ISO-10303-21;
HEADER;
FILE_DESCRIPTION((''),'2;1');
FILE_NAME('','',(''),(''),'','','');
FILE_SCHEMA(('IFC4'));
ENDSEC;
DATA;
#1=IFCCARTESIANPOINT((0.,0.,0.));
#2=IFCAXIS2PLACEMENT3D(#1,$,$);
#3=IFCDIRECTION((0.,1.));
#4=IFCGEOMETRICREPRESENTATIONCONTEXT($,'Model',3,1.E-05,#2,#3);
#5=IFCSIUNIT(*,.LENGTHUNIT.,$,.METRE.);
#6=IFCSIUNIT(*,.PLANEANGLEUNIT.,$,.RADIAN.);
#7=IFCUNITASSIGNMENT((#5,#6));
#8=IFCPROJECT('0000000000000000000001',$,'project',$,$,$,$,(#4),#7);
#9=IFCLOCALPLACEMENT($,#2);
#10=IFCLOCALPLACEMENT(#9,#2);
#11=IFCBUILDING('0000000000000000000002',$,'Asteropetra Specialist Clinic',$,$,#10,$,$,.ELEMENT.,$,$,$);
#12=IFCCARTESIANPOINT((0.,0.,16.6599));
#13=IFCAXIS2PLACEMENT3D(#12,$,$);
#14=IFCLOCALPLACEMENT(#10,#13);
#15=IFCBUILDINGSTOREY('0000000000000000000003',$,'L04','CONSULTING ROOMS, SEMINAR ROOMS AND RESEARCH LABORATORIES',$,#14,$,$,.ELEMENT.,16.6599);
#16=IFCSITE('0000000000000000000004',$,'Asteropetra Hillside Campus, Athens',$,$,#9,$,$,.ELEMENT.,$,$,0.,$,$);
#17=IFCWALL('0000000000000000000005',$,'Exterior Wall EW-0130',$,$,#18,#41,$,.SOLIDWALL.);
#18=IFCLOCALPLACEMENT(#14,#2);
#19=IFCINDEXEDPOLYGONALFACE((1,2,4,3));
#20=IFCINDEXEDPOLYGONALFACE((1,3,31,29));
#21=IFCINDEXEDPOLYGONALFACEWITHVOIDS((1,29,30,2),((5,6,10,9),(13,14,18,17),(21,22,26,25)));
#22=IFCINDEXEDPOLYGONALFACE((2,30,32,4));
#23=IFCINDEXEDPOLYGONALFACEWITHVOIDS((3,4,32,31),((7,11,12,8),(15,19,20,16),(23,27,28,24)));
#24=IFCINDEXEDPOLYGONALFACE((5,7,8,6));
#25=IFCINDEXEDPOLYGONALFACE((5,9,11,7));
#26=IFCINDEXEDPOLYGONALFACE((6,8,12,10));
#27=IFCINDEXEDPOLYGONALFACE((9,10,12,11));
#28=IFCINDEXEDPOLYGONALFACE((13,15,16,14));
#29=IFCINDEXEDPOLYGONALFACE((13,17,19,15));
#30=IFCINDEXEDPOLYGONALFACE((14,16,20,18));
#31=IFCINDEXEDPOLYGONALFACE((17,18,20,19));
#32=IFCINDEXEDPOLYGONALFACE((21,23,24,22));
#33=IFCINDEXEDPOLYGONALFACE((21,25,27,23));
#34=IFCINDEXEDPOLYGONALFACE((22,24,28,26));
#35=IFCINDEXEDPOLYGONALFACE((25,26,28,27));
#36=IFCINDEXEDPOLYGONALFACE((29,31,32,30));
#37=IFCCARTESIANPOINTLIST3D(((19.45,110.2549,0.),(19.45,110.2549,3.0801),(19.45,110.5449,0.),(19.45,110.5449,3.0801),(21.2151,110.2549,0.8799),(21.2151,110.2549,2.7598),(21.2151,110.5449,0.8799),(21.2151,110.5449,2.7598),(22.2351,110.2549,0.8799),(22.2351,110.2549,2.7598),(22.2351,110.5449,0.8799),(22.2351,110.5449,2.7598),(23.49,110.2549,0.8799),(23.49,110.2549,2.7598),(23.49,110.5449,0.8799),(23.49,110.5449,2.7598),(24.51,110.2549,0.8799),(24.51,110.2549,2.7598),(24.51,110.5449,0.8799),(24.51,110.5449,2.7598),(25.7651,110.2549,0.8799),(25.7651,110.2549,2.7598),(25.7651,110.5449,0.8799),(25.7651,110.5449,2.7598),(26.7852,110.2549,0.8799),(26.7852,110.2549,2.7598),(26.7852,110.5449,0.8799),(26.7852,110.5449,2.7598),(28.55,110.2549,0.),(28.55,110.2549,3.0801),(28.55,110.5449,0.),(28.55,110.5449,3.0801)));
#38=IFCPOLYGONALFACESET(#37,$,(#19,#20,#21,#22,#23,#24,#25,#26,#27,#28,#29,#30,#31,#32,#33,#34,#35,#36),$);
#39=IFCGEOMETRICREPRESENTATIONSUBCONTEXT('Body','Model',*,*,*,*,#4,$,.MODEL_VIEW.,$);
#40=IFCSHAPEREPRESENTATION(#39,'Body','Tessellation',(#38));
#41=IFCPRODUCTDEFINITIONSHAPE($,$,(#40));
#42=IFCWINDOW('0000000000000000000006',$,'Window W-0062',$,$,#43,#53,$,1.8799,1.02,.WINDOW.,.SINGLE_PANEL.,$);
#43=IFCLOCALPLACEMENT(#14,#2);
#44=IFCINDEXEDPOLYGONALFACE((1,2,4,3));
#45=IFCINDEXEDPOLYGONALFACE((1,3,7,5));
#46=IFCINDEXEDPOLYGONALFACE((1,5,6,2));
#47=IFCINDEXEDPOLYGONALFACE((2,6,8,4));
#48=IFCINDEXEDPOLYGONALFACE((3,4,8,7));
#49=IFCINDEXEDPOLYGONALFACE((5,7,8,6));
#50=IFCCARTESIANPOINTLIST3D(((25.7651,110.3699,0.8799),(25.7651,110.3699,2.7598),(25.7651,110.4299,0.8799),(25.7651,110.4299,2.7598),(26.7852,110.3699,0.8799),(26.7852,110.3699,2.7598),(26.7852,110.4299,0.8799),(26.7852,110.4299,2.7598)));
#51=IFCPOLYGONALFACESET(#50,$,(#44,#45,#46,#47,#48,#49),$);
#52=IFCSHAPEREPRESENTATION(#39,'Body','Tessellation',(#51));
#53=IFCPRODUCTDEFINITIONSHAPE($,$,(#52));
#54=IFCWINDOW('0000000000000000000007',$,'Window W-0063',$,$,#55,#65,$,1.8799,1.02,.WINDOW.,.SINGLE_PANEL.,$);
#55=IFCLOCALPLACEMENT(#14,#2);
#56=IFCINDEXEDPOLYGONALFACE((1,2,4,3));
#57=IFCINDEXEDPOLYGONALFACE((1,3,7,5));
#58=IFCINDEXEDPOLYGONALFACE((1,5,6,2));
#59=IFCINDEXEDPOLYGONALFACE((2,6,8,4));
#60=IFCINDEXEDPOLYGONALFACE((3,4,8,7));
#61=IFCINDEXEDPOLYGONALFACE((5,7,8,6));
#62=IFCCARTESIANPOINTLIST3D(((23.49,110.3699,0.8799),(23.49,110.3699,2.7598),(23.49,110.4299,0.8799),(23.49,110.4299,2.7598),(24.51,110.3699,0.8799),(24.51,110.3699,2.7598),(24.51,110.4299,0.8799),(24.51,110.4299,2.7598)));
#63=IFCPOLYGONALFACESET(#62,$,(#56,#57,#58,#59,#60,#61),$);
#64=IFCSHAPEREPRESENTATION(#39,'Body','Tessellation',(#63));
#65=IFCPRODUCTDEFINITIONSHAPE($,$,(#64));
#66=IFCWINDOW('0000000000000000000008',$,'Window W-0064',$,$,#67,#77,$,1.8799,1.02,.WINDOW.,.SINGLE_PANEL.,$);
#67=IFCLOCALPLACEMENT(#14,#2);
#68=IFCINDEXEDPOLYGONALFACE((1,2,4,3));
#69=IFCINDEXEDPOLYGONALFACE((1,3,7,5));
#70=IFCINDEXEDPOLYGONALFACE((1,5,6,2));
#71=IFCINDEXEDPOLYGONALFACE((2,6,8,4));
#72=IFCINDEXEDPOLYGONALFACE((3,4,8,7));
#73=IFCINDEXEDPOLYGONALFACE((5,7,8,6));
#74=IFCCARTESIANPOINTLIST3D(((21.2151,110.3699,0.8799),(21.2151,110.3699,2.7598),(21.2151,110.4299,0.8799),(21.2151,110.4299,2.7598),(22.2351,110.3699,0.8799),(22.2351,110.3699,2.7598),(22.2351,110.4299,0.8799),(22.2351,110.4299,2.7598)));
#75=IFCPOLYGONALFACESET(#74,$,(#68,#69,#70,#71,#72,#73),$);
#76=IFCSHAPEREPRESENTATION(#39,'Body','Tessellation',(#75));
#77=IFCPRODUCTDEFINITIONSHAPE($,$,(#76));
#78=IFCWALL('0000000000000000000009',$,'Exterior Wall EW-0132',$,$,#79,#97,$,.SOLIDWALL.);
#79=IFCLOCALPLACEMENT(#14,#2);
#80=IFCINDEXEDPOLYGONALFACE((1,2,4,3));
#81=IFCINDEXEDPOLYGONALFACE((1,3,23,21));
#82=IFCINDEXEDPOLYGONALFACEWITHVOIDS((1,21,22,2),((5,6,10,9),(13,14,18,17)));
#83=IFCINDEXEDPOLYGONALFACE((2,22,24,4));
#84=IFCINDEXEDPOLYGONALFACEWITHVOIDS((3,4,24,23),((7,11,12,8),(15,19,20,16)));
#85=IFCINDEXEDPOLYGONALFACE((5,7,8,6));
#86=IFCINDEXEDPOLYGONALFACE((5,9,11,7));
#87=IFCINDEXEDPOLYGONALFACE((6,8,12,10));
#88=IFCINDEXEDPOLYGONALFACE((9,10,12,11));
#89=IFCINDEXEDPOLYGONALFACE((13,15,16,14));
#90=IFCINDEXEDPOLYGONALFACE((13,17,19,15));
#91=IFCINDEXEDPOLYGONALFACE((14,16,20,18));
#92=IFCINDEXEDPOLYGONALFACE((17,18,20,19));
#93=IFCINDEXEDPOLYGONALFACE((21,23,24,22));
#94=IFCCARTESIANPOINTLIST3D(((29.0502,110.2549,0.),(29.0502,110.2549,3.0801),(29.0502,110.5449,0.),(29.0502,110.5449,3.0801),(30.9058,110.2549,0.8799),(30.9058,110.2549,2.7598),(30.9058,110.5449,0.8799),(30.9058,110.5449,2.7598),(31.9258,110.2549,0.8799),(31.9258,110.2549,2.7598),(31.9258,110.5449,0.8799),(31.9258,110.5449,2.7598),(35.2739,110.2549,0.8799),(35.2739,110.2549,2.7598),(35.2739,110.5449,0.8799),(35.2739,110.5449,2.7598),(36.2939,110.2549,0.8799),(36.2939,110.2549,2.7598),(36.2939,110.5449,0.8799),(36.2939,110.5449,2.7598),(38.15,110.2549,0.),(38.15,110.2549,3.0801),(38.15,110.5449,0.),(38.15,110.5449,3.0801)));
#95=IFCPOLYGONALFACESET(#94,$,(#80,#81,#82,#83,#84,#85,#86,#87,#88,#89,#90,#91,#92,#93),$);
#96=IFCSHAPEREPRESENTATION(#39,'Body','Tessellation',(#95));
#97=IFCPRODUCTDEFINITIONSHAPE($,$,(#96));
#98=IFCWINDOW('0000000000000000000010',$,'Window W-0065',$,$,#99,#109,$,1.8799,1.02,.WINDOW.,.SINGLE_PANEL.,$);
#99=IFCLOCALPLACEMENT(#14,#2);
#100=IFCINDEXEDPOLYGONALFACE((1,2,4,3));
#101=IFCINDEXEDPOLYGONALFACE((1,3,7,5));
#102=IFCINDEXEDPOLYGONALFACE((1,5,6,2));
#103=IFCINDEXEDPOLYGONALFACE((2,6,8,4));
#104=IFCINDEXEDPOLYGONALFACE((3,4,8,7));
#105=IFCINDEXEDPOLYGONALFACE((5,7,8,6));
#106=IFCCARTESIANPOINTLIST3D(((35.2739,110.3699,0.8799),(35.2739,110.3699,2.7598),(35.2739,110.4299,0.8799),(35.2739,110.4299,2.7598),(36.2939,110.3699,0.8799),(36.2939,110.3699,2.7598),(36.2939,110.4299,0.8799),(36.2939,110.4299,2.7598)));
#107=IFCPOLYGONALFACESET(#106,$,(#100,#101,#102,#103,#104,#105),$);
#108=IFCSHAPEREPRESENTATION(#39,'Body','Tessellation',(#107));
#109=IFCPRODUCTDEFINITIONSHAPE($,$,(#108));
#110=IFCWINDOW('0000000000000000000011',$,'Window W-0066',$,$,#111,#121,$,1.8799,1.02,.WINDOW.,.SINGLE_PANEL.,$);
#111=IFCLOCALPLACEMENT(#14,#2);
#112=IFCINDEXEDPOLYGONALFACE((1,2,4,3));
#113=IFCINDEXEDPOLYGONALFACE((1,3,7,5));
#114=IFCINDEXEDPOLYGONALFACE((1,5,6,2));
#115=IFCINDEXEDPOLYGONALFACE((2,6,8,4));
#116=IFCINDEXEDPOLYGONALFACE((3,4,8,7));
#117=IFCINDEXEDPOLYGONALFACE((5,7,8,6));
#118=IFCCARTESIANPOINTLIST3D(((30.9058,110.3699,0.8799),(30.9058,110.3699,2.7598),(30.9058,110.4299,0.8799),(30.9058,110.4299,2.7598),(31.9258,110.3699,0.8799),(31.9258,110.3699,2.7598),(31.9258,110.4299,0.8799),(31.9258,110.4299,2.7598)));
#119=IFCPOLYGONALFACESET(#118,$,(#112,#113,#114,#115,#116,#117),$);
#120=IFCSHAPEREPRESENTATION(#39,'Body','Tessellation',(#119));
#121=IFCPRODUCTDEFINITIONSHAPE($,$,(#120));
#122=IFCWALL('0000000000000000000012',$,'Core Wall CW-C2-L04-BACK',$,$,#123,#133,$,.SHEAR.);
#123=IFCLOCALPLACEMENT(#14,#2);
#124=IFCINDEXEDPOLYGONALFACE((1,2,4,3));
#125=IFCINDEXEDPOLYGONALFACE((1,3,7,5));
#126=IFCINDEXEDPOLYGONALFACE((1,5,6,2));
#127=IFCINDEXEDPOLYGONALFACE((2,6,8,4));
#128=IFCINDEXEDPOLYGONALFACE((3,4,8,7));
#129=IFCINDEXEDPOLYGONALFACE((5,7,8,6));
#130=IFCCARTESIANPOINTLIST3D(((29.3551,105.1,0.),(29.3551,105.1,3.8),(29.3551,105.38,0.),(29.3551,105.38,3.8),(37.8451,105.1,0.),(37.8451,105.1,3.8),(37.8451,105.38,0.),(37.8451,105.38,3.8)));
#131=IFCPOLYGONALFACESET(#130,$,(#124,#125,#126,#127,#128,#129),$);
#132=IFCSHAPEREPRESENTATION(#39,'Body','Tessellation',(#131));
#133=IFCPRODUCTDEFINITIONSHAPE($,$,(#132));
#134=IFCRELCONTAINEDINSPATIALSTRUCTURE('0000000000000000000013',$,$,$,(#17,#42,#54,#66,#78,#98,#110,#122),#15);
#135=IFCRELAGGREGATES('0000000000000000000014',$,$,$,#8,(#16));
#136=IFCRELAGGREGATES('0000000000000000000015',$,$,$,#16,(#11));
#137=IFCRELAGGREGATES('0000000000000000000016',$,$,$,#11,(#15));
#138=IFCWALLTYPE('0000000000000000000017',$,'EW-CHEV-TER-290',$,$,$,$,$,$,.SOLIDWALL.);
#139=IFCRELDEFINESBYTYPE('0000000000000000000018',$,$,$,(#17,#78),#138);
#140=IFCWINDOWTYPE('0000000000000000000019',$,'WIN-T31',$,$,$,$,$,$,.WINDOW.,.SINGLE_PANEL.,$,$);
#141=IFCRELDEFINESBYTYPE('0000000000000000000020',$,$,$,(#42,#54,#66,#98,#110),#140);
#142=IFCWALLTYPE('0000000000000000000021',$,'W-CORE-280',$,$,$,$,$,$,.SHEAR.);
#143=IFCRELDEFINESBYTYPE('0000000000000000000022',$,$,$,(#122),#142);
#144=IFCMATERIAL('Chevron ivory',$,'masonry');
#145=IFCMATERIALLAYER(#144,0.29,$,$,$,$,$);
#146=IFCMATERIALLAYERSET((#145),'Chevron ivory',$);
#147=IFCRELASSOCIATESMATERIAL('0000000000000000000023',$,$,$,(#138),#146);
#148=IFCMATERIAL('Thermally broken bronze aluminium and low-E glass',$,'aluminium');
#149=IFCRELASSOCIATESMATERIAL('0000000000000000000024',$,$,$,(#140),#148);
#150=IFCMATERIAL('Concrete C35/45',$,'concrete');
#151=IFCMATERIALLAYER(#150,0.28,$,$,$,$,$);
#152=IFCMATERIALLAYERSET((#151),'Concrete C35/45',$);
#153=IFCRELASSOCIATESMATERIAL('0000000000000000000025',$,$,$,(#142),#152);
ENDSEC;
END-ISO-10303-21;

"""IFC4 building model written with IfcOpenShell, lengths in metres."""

from ifc_helpers import new_model, si_unit, direction, frame, frame_2d, origin, place, context, subcontext, project, spatial, rectangle, extrude, material, layer, layer_set, type_object, element, fill, save


model = new_model("IFC4")

# Units and contexts
model_context = context("Model", 3, precision=1e-05, world=origin(), true_north=direction((0.0, 1.0)))
body_context = subcontext(model_context, "Body", "Model", "MODEL_VIEW")
ifc_project = project(units=[si_unit("LENGTHUNIT", "METRE"), si_unit("PLANEANGLEUNIT", "RADIAN")], contexts=[model_context])

# Site, building, storey
site_placement = place(None, origin())
site = spatial("IfcSite", under=ifc_project, at=site_placement, Name="Asteropetra Hillside Campus, Athens", CompositionType="ELEMENT", RefElevation=0.0)
building_placement = place(site_placement, origin())
building = spatial("IfcBuilding", under=site, at=building_placement, Name="Asteropetra Specialist Clinic", CompositionType="ELEMENT")
storey_placement = place(building_placement, frame((0.0, 0.0, 16.6599)))
storey = spatial("IfcBuildingStorey", under=building, at=storey_placement, Name="L04", Description="CONSULTING ROOMS, SEMINAR ROOMS AND RESEARCH LABORATORIES", CompositionType="ELEMENT", Elevation=16.6599)

# Walls, openings, windows
ifc_material_1 = material(Name="Chevron ivory", Category="masonry")
ifc_layer_1 = layer(ifc_material_1, 0.29)
ifc_layer_set_1 = layer_set([ifc_layer_1], Name="Chevron ivory")
wall_type_1 = type_object("IfcWallType", Name="EW-CHEV-TER-290", PredefinedType="SOLIDWALL", material=ifc_layer_set_1)
wall_1_placement = place(storey_placement, frame((28.55, 110.3999, 0.0), z_axis=(0.0, 0.0, 1.0), x_axis=(-1.0, 0.0, 0.0)))
wall_1 = element("IfcWall", 1, at=wall_1_placement, inside=storey, type_object=wall_type_1, Name="Exterior Wall EW-0130", PredefinedType="SOLIDWALL", context=body_context, shape_type="SweptSolid", body=[
    extrude(rectangle(XDim=9.1001, YDim=0.29, at=frame_2d((4.55, 0.0))), origin(), (0.0, 0.0, 1.0), 3.0801),
])
opening_1_placement = place(wall_1_placement, frame((1.7649, 0.0, 0.8799)))
opening_1 = element("IfcOpeningElement", 2, at=opening_1_placement, cuts=wall_1, PredefinedType="OPENING", context=body_context, shape_type="SweptSolid", body=[
    extrude(rectangle(XDim=1.02, YDim=1.8799, at=frame_2d((0.51, 0.9399))), frame((0.0, 0.155, 0.0), z_axis=(0.0, -1.0, 0.0), x_axis=(1.0, 0.0, 0.0)), (0.0, 0.0, 1.0), 0.3101),
])
opening_2_placement = place(wall_1_placement, frame((4.04, 0.0, 0.8799)))
opening_2 = element("IfcOpeningElement", 3, at=opening_2_placement, cuts=wall_1, PredefinedType="OPENING", context=body_context, shape_type="SweptSolid", body=[
    extrude(rectangle(XDim=1.02, YDim=1.8799, at=frame_2d((0.51, 0.9399))), frame((0.0, 0.155, 0.0), z_axis=(0.0, -1.0, 0.0), x_axis=(1.0, 0.0, 0.0)), (0.0, 0.0, 1.0), 0.3101),
])
opening_3_placement = place(wall_1_placement, frame((6.3149, 0.0, 0.8799)))
opening_3 = element("IfcOpeningElement", 4, at=opening_3_placement, cuts=wall_1, PredefinedType="OPENING", context=body_context, shape_type="SweptSolid", body=[
    extrude(rectangle(XDim=1.02, YDim=1.8799, at=frame_2d((0.51, 0.9399))), frame((0.0, 0.155, 0.0), z_axis=(0.0, -1.0, 0.0), x_axis=(1.0, 0.0, 0.0)), (0.0, 0.0, 1.0), 0.3101),
])
ifc_material_2 = material(Name="Thermally broken bronze aluminium and low-E glass", Category="aluminium")
window_type = type_object("IfcWindowType", Name="WIN-T31", PartitioningType="SINGLE_PANEL", PredefinedType="WINDOW", material=ifc_material_2)
window_1_placement = place(opening_1_placement, origin())
window_1 = element("IfcWindow", 5, at=window_1_placement, inside=storey, type_object=window_type, Name="Window W-0062", OverallHeight=1.8799, OverallWidth=1.02, PartitioningType="SINGLE_PANEL", PredefinedType="WINDOW", context=body_context, shape_type="SweptSolid", body=[
    extrude(rectangle(XDim=1.02, YDim=1.8799, at=frame_2d((0.51, 0.9399))), frame((0.0, 0.03, 0.0), z_axis=(0.0, -1.0, 0.0), x_axis=(1.0, 0.0, 0.0)), (0.0, 0.0, 1.0), 0.0601),
])
fill(opening_1, window_1)
window_2_placement = place(opening_2_placement, origin())
window_2 = element("IfcWindow", 6, at=window_2_placement, inside=storey, type_object=window_type, Name="Window W-0063", OverallHeight=1.8799, OverallWidth=1.02, PartitioningType="SINGLE_PANEL", PredefinedType="WINDOW", context=body_context, shape_type="SweptSolid", body=[
    extrude(rectangle(XDim=1.02, YDim=1.8799, at=frame_2d((0.51, 0.9399))), frame((0.0, 0.03, 0.0), z_axis=(0.0, -1.0, 0.0), x_axis=(1.0, 0.0, 0.0)), (0.0, 0.0, 1.0), 0.0601),
])
fill(opening_2, window_2)
window_3_placement = place(opening_3_placement, origin())
window_3 = element("IfcWindow", 7, at=window_3_placement, inside=storey, type_object=window_type, Name="Window W-0064", OverallHeight=1.8799, OverallWidth=1.02, PartitioningType="SINGLE_PANEL", PredefinedType="WINDOW", context=body_context, shape_type="SweptSolid", body=[
    extrude(rectangle(XDim=1.02, YDim=1.8799, at=frame_2d((0.51, 0.9399))), frame((0.0, 0.03, 0.0), z_axis=(0.0, -1.0, 0.0), x_axis=(1.0, 0.0, 0.0)), (0.0, 0.0, 1.0), 0.0601),
])
fill(opening_3, window_3)
wall_2_placement = place(storey_placement, frame((38.1499, 110.3999, 0.0), z_axis=(0.0, 0.0, 1.0), x_axis=(-1.0, 0.0, 0.0)))
wall_2 = element("IfcWall", 8, at=wall_2_placement, inside=storey, type_object=wall_type_1, Name="Exterior Wall EW-0132", PredefinedType="SOLIDWALL", context=body_context, shape_type="SweptSolid", body=[
    extrude(rectangle(XDim=9.0999, YDim=0.29, at=frame_2d((4.5498, 0.0))), origin(), (0.0, 0.0, 1.0), 3.0801),
])
opening_4_placement = place(wall_2_placement, frame((1.856, 0.0, 0.8799)))
opening_4 = element("IfcOpeningElement", 9, at=opening_4_placement, cuts=wall_2, PredefinedType="OPENING", context=body_context, shape_type="SweptSolid", body=[
    extrude(rectangle(XDim=1.02, YDim=1.8799, at=frame_2d((0.51, 0.9399))), frame((0.0, 0.155, 0.0), z_axis=(0.0, -1.0, 0.0), x_axis=(1.0, 0.0, 0.0)), (0.0, 0.0, 1.0), 0.3101),
])
opening_5_placement = place(wall_2_placement, frame((6.2241, 0.0, 0.8799)))
opening_5 = element("IfcOpeningElement", 10, at=opening_5_placement, cuts=wall_2, PredefinedType="OPENING", context=body_context, shape_type="SweptSolid", body=[
    extrude(rectangle(XDim=1.02, YDim=1.8799, at=frame_2d((0.51, 0.9399))), frame((0.0, 0.155, 0.0), z_axis=(0.0, -1.0, 0.0), x_axis=(1.0, 0.0, 0.0)), (0.0, 0.0, 1.0), 0.3101),
])
window_4_placement = place(opening_4_placement, origin())
window_4 = element("IfcWindow", 11, at=window_4_placement, inside=storey, type_object=window_type, Name="Window W-0065", OverallHeight=1.8799, OverallWidth=1.02, PartitioningType="SINGLE_PANEL", PredefinedType="WINDOW", context=body_context, shape_type="SweptSolid", body=[
    extrude(rectangle(XDim=1.02, YDim=1.8799, at=frame_2d((0.51, 0.9399))), frame((0.0, 0.03, 0.0), z_axis=(0.0, -1.0, 0.0), x_axis=(1.0, 0.0, 0.0)), (0.0, 0.0, 1.0), 0.0601),
])
fill(opening_4, window_4)
window_5_placement = place(opening_5_placement, origin())
window_5 = element("IfcWindow", 12, at=window_5_placement, inside=storey, type_object=window_type, Name="Window W-0066", OverallHeight=1.8799, OverallWidth=1.02, PartitioningType="SINGLE_PANEL", PredefinedType="WINDOW", context=body_context, shape_type="SweptSolid", body=[
    extrude(rectangle(XDim=1.02, YDim=1.8799, at=frame_2d((0.51, 0.9399))), frame((0.0, 0.03, 0.0), z_axis=(0.0, -1.0, 0.0), x_axis=(1.0, 0.0, 0.0)), (0.0, 0.0, 1.0), 0.0601),
])
fill(opening_5, window_5)

# Wall
ifc_material_3 = material(Name="Concrete C35/45", Category="concrete")
ifc_layer_2 = layer(ifc_material_3, 0.28)
ifc_layer_set_2 = layer_set([ifc_layer_2], Name="Concrete C35/45")
wall_type_2 = type_object("IfcWallType", Name="W-CORE-280", PredefinedType="SHEAR", material=ifc_layer_set_2)
wall_3_placement = place(storey_placement, frame((29.355, 105.24, 0.0), z_axis=(0.0, 0.0, 1.0), x_axis=(1.0, 0.0, 0.0)))
element("IfcWall", 13, at=wall_3_placement, inside=storey, type_object=wall_type_2, Name="Core Wall CW-C2-L04-BACK", PredefinedType="SHEAR", context=body_context, shape_type="SweptSolid", body=[
    extrude(rectangle(XDim=8.49, YDim=0.28, at=frame_2d((4.2451, 0.0))), origin(), (0.0, 0.0, 1.0), 3.8),
])

save(model, "model.ifc")
